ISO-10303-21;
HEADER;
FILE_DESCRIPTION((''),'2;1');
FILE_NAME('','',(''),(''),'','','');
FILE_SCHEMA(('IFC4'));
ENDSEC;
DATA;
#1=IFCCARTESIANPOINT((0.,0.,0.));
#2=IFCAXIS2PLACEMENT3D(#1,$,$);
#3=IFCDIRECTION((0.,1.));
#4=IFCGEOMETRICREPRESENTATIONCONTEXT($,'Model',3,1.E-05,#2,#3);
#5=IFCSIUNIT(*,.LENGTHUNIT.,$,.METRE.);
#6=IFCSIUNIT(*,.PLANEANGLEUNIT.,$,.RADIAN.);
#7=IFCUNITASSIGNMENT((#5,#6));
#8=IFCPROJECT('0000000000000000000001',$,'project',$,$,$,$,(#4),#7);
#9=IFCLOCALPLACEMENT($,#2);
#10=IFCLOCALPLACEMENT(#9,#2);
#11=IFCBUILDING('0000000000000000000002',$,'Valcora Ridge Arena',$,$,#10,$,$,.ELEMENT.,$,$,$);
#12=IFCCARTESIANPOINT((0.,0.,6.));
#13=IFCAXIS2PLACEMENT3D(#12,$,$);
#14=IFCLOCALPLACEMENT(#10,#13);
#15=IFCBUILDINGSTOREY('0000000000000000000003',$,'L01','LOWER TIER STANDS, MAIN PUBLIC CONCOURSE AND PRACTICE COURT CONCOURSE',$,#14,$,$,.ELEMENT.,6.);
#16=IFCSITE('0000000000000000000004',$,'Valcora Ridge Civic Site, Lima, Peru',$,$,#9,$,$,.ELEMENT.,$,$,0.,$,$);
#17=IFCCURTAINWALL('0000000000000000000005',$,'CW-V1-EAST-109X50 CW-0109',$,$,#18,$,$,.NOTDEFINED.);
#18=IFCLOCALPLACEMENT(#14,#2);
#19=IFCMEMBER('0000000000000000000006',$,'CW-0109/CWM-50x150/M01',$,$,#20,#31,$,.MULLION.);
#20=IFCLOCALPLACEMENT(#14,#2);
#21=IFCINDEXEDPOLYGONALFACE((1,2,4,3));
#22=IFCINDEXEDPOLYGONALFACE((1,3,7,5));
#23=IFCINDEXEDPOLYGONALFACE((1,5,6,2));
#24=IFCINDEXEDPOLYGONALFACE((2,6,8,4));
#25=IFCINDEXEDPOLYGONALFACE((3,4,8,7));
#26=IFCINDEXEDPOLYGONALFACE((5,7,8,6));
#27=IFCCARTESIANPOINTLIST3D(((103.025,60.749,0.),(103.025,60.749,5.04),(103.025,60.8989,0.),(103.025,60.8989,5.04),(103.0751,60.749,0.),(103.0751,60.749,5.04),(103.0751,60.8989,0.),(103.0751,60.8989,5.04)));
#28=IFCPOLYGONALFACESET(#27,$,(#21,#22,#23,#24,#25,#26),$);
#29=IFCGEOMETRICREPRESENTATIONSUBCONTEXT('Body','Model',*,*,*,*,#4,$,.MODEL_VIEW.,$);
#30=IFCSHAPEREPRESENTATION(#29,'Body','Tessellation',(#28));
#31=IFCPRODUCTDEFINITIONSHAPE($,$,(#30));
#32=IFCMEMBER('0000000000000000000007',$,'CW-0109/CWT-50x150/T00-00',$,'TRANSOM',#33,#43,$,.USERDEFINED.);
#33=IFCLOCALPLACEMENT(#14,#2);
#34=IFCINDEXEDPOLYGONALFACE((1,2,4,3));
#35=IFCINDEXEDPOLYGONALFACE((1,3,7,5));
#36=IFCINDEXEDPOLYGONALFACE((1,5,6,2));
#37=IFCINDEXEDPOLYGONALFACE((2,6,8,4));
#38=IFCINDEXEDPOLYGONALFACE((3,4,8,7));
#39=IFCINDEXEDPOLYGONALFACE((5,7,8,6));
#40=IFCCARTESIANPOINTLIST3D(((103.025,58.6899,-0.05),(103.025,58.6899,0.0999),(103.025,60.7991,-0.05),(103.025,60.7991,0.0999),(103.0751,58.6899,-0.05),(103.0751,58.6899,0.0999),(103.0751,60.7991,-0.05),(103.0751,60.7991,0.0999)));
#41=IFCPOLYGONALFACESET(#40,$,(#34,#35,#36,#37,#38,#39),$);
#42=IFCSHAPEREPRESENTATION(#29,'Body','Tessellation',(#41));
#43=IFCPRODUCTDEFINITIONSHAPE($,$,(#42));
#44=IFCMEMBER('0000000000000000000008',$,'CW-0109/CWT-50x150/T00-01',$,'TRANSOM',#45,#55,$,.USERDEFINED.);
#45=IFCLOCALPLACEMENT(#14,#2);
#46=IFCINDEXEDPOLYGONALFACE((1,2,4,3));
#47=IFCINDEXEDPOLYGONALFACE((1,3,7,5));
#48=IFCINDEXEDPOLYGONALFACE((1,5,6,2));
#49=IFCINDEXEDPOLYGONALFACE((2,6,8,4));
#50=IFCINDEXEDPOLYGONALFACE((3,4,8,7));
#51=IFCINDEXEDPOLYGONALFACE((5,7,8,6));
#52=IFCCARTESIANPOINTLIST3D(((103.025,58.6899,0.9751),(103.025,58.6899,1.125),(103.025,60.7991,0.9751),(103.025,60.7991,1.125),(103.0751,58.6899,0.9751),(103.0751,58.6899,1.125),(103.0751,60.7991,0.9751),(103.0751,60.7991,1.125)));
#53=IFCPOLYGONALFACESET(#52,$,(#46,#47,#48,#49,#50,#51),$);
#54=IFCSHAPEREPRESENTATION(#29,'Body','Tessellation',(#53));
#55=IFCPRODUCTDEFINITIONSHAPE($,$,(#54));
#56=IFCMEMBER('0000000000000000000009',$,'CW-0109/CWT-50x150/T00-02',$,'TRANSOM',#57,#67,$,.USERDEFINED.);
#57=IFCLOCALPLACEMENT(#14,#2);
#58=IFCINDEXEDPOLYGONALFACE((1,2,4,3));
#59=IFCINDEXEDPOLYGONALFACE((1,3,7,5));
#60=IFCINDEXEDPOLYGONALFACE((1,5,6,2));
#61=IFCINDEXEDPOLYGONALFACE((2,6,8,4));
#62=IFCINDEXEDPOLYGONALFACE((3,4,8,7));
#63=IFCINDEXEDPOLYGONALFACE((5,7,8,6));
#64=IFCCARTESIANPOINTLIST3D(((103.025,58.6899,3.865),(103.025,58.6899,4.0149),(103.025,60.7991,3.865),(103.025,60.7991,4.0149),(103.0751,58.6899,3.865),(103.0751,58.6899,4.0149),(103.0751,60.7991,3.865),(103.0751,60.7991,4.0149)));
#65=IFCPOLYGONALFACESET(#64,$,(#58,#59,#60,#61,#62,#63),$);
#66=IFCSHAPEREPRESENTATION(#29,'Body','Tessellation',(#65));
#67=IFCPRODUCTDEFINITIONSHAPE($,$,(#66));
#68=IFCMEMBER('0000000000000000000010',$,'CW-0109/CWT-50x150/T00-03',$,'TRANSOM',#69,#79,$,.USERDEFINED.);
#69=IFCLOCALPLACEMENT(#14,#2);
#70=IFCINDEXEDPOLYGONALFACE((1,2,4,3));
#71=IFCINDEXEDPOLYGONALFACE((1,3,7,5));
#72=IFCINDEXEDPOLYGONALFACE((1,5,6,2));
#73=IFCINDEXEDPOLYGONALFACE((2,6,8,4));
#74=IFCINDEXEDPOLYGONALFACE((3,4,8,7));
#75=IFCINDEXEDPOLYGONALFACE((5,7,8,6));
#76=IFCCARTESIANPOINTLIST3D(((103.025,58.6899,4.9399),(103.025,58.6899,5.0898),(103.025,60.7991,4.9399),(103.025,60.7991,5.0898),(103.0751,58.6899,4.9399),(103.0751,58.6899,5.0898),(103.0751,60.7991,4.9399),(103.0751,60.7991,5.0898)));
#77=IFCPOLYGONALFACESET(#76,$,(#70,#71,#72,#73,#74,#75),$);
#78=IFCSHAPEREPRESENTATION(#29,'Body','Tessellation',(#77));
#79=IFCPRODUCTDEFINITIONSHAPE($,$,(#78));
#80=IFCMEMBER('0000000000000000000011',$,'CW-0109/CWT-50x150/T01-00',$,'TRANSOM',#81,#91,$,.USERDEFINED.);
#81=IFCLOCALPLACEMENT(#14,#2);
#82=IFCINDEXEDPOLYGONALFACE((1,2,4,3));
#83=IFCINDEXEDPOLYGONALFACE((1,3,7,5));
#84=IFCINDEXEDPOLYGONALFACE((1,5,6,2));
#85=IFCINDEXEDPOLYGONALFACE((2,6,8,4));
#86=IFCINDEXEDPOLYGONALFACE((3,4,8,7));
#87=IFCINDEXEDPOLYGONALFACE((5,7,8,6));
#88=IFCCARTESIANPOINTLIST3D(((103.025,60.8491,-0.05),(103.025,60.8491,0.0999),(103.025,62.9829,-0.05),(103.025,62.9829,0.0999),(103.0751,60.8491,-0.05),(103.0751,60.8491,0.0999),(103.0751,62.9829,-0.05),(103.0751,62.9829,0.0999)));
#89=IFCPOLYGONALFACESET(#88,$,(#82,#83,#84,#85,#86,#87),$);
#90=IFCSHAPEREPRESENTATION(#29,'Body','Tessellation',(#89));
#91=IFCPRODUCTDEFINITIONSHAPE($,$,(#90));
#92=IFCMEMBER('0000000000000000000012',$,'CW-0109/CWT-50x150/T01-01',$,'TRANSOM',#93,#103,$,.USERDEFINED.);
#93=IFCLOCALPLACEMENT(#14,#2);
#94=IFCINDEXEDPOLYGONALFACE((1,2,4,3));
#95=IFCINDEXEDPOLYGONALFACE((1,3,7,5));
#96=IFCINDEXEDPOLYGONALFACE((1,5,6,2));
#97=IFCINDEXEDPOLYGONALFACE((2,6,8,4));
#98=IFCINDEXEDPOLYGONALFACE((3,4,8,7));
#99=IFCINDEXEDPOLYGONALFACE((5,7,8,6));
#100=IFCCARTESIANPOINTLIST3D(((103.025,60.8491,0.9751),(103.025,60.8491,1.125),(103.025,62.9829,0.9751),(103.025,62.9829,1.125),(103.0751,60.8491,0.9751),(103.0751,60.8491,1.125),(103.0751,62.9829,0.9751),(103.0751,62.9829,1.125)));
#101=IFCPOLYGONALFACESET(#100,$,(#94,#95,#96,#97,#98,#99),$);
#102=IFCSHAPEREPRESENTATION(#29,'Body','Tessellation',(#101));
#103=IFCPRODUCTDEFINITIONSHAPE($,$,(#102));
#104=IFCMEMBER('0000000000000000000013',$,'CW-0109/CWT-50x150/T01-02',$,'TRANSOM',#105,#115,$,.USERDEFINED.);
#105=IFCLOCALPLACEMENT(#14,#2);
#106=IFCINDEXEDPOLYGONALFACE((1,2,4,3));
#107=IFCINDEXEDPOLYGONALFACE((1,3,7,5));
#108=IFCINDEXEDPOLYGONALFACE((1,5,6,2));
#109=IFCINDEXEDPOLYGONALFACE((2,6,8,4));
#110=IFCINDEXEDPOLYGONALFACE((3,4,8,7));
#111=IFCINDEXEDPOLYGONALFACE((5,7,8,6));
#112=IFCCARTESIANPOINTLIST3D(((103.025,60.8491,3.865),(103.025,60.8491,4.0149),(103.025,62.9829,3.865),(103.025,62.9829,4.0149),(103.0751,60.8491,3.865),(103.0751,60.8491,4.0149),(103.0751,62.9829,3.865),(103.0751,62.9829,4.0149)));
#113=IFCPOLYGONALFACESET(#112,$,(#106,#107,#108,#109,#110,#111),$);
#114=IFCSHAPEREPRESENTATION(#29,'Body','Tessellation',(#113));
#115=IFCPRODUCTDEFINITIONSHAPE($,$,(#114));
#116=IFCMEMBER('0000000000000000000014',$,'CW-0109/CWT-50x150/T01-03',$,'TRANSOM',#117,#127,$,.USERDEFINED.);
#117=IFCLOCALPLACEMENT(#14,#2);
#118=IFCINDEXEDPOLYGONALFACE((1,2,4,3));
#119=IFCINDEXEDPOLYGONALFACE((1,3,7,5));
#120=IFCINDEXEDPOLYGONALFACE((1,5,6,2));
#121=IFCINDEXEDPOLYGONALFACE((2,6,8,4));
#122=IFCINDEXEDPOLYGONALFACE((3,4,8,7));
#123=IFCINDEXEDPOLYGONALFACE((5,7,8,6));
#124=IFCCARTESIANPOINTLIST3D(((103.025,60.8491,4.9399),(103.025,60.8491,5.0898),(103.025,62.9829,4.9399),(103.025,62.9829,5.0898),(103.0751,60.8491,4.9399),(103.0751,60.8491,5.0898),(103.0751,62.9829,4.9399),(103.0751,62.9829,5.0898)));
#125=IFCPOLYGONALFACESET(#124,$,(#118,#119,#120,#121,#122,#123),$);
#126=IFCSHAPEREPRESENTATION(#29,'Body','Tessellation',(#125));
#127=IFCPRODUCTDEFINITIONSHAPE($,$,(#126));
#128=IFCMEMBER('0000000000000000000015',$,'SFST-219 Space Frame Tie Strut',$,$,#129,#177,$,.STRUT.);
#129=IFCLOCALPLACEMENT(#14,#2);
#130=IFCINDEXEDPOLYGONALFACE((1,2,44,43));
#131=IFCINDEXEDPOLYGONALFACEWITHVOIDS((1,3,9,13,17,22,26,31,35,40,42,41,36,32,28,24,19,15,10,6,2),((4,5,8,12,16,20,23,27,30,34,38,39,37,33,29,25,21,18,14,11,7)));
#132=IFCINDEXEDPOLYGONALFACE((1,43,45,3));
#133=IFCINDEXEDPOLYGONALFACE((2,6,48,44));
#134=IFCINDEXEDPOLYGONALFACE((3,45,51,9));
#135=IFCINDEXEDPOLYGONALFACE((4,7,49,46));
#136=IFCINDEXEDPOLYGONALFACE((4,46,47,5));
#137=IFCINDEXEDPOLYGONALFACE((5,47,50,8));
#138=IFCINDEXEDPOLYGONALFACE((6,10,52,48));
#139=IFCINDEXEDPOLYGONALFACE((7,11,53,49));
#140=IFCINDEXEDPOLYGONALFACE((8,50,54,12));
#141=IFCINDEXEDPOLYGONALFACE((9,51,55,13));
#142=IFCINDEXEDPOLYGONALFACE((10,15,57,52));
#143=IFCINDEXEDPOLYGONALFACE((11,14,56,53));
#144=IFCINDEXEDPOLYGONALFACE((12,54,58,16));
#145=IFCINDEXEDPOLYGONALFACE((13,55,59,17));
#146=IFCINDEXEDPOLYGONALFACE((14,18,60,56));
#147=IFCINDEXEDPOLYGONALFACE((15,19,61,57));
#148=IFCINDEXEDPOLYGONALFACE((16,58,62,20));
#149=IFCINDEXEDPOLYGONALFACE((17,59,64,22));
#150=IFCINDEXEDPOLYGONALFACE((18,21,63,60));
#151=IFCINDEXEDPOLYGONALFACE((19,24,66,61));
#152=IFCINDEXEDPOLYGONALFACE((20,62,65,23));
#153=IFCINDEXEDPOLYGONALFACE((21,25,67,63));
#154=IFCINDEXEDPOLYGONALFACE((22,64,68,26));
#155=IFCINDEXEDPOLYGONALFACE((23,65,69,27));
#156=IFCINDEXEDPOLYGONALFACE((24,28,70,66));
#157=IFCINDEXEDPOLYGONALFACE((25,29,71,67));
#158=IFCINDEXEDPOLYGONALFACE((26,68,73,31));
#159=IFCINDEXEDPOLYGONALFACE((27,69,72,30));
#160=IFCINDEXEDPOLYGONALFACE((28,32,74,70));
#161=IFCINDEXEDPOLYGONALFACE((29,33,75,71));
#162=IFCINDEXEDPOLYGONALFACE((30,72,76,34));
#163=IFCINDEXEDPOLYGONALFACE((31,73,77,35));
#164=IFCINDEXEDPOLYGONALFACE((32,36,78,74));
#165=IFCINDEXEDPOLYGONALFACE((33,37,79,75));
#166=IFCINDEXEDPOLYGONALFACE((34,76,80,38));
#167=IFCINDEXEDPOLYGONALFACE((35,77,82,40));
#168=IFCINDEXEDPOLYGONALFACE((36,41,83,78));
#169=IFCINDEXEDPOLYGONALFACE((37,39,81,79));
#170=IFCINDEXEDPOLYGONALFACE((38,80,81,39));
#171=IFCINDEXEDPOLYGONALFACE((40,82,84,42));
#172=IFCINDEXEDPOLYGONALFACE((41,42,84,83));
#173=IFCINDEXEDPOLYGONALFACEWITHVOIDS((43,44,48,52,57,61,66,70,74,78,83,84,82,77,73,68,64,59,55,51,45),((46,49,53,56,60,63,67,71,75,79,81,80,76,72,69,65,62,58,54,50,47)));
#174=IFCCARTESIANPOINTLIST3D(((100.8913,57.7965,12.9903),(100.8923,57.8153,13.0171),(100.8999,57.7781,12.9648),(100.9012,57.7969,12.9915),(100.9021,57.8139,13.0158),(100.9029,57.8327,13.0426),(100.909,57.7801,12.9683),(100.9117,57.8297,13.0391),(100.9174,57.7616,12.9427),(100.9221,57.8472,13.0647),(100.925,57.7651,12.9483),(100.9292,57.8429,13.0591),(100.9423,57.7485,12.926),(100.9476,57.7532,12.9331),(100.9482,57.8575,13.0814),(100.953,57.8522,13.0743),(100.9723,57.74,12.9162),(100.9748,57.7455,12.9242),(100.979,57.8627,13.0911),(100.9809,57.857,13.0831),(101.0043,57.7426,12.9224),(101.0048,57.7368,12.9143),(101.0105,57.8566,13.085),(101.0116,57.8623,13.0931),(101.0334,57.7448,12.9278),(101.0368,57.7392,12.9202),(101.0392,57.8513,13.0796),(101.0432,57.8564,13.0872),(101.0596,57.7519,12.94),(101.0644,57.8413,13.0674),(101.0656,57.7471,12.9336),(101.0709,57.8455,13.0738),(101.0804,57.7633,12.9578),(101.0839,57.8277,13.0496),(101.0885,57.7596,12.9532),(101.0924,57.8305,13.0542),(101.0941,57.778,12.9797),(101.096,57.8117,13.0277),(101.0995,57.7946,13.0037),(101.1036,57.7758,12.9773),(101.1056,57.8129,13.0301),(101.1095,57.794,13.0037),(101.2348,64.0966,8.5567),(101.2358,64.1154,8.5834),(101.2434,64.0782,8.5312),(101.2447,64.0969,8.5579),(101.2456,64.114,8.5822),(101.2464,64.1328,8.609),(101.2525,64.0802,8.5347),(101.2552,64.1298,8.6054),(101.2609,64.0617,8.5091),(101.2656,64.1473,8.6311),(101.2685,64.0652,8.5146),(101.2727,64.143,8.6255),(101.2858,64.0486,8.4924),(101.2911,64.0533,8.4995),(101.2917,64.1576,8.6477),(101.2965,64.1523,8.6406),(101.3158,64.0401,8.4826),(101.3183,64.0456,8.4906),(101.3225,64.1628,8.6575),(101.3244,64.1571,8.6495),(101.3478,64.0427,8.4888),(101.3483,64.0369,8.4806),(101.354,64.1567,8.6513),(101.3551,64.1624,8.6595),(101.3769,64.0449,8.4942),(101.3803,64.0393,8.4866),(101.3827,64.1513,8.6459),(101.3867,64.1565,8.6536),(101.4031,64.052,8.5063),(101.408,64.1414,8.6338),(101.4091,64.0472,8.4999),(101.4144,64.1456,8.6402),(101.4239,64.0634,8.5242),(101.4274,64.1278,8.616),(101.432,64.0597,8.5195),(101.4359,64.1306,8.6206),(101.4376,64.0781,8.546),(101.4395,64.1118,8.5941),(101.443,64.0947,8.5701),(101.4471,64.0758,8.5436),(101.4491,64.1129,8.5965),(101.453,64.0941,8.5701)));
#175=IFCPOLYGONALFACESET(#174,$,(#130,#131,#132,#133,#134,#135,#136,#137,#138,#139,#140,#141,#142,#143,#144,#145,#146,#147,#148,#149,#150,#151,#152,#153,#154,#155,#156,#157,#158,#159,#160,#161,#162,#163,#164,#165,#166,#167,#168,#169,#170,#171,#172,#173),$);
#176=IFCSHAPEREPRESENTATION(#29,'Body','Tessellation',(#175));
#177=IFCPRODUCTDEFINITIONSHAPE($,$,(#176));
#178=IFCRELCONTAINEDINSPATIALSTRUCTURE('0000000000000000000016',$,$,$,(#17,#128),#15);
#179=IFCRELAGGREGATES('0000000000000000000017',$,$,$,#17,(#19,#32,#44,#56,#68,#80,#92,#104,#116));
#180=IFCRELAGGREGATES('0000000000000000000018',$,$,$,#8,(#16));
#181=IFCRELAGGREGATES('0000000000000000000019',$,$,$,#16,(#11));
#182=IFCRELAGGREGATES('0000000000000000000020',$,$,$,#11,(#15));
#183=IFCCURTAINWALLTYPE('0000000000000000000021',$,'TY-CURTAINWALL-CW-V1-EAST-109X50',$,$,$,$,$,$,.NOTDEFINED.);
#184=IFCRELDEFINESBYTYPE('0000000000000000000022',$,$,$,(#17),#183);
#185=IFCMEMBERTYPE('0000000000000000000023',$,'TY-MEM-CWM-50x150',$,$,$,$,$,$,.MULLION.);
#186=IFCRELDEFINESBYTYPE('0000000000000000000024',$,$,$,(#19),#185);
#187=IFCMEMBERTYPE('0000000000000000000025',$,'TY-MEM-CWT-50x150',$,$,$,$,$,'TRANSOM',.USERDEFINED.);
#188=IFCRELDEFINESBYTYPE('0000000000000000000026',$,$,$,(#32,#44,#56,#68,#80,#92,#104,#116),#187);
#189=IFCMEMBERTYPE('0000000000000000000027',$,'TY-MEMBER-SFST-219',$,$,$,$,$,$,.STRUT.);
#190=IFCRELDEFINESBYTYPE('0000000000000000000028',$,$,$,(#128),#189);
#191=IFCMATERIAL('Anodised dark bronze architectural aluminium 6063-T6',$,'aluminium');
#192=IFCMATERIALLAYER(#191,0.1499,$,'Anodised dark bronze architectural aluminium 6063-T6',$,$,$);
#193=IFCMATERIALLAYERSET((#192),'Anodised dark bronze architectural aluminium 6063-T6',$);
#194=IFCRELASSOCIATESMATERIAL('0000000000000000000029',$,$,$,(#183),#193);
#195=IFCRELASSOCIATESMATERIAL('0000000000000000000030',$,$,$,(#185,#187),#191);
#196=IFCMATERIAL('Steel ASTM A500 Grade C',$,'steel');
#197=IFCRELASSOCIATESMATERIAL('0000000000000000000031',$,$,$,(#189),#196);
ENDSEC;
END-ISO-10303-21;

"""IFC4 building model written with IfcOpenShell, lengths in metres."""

from ifc_helpers import new_model, si_unit, direction, frame, origin, origin_2d, place, context, subcontext, project, spatial, rectangle, hollow_circle, extrude, material, layer, layer_set, material_profile, profile_set, type_object, element, aggregate, save


model = new_model("IFC4")

# Units and contexts
model_context = context("Model", 3, precision=1e-05, world=origin(), true_north=direction((0.0, 1.0)))
body_context = subcontext(model_context, "Body", "Model", "MODEL_VIEW")
ifc_project = project(units=[si_unit("LENGTHUNIT", "METRE"), si_unit("PLANEANGLEUNIT", "RADIAN")], contexts=[model_context])

# Site, building, storey
site_placement = place(None, origin())
site = spatial("IfcSite", under=ifc_project, at=site_placement, Name="Valcora Ridge Civic Site, Lima, Peru", CompositionType="ELEMENT", RefElevation=0.0)
building_placement = place(site_placement, origin())
building = spatial("IfcBuilding", under=site, at=building_placement, Name="Valcora Ridge Arena", CompositionType="ELEMENT")
storey_placement = place(building_placement, frame((0.0, 0.0, 6.0)))
storey = spatial("IfcBuildingStorey", under=building, at=storey_placement, Name="L01", Description="LOWER TIER STANDS, MAIN PUBLIC CONCOURSE AND PRACTICE COURT CONCOURSE", CompositionType="ELEMENT", Elevation=6.0)

# Curtain wall, members
ifc_material_1 = material(Name="Anodised dark bronze architectural aluminium 6063-T6", Category="aluminium")
ifc_layer_1 = layer(ifc_material_1, 0.1499, Name="Anodised dark bronze architectural aluminium 6063-T6")
ifc_layer_set_1 = layer_set([ifc_layer_1], Name="Anodised dark bronze architectural aluminium 6063-T6")
curtain_wall_type = type_object("IfcCurtainWallType", Name="TY-CURTAINWALL-CW-V1-EAST-109X50", PredefinedType="NOTDEFINED", material=ifc_layer_set_1)
curtain_wall_placement = place(storey_placement, origin())
curtain_wall = element("IfcCurtainWall", 1, at=curtain_wall_placement, inside=storey, type_object=curtain_wall_type, Name="CW-V1-EAST-109X50 CW-0109", PredefinedType="NOTDEFINED")
ifc_material_profile_1 = material_profile(ifc_material_1, rectangle(XDim=0.05, YDim=0.1499, at=origin_2d()), Name="ALU MULLION 50x150")
ifc_profile_set_1 = profile_set([ifc_material_profile_1], Name="Anodised dark bronze architectural aluminium 6063-T6")
member_type_1 = type_object("IfcMemberType", Name="TY-MEM-CWM-50x150", PredefinedType="MULLION", material=ifc_profile_set_1)
member_1_placement = place(storey_placement, frame((103.05, 60.824, 0.0), z_axis=(0.0, 0.0, 1.0), x_axis=(-1.0, 0.0, 0.0)))
member_1 = element("IfcMember", 2, at=member_1_placement, type_object=member_type_1, Name="CW-0109/CWM-50x150/M01", PredefinedType="MULLION", context=body_context, shape_type="SweptSolid", body=[
    extrude(rectangle(XDim=0.05, YDim=0.1499, at=origin_2d()), origin(), (0.0, 0.0, 1.0), 5.04),
])
ifc_material_profile_2 = material_profile(ifc_material_1, rectangle(XDim=0.05, YDim=0.1499, at=origin_2d()), Name="ALU TRANSOM 50x150")
ifc_profile_set_2 = profile_set([ifc_material_profile_2], Name="Anodised dark bronze architectural aluminium 6063-T6")
member_type_2 = type_object("IfcMemberType", Name="TY-MEM-CWT-50x150", ElementType="TRANSOM", PredefinedType="USERDEFINED", material=ifc_profile_set_2)
member_2_placement = place(storey_placement, frame((103.05, 58.6899, 0.0249), z_axis=(0.0, 1.0, 0.0), x_axis=(-1.0, 0.0, 0.0)))
member_2 = element("IfcMember", 3, at=member_2_placement, type_object=member_type_2, Name="CW-0109/CWT-50x150/T00-00", ObjectType="TRANSOM", PredefinedType="USERDEFINED", context=body_context, shape_type="SweptSolid", body=[
    extrude(rectangle(XDim=0.05, YDim=0.1499, at=origin_2d()), origin(), (0.0, 0.0, 1.0), 2.1091),
])
member_3_placement = place(storey_placement, frame((103.05, 58.6899, 1.05), z_axis=(0.0, 1.0, 0.0), x_axis=(-1.0, 0.0, 0.0)))
member_3 = element("IfcMember", 4, at=member_3_placement, type_object=member_type_2, Name="CW-0109/CWT-50x150/T00-01", ObjectType="TRANSOM", PredefinedType="USERDEFINED", context=body_context, shape_type="SweptSolid", body=[
    extrude(rectangle(XDim=0.05, YDim=0.1499, at=origin_2d()), origin(), (0.0, 0.0, 1.0), 2.1091),
])
member_4_placement = place(storey_placement, frame((103.05, 58.6899, 3.9399), z_axis=(0.0, 1.0, 0.0), x_axis=(-1.0, 0.0, 0.0)))
member_4 = element("IfcMember", 5, at=member_4_placement, type_object=member_type_2, Name="CW-0109/CWT-50x150/T00-02", ObjectType="TRANSOM", PredefinedType="USERDEFINED", context=body_context, shape_type="SweptSolid", body=[
    extrude(rectangle(XDim=0.05, YDim=0.1499, at=origin_2d()), origin(), (0.0, 0.0, 1.0), 2.1091),
])
member_5_placement = place(storey_placement, frame((103.05, 58.6899, 5.0149), z_axis=(0.0, 1.0, 0.0), x_axis=(-1.0, 0.0, 0.0)))
member_5 = element("IfcMember", 6, at=member_5_placement, type_object=member_type_2, Name="CW-0109/CWT-50x150/T00-03", ObjectType="TRANSOM", PredefinedType="USERDEFINED", context=body_context, shape_type="SweptSolid", body=[
    extrude(rectangle(XDim=0.05, YDim=0.1499, at=origin_2d()), origin(), (0.0, 0.0, 1.0), 2.1091),
])
member_6_placement = place(storey_placement, frame((103.05, 60.8491, 0.0249), z_axis=(0.0, 1.0, 0.0), x_axis=(-1.0, 0.0, 0.0)))
member_6 = element("IfcMember", 7, at=member_6_placement, type_object=member_type_2, Name="CW-0109/CWT-50x150/T01-00", ObjectType="TRANSOM", PredefinedType="USERDEFINED", context=body_context, shape_type="SweptSolid", body=[
    extrude(rectangle(XDim=0.05, YDim=0.1499, at=origin_2d()), origin(), (0.0, 0.0, 1.0), 2.1338),
])
member_7_placement = place(storey_placement, frame((103.05, 60.8491, 1.05), z_axis=(0.0, 1.0, 0.0), x_axis=(-1.0, 0.0, 0.0)))
member_7 = element("IfcMember", 8, at=member_7_placement, type_object=member_type_2, Name="CW-0109/CWT-50x150/T01-01", ObjectType="TRANSOM", PredefinedType="USERDEFINED", context=body_context, shape_type="SweptSolid", body=[
    extrude(rectangle(XDim=0.05, YDim=0.1499, at=origin_2d()), origin(), (0.0, 0.0, 1.0), 2.1338),
])
member_8_placement = place(storey_placement, frame((103.05, 60.8491, 3.9399), z_axis=(0.0, 1.0, 0.0), x_axis=(-1.0, 0.0, 0.0)))
member_8 = element("IfcMember", 9, at=member_8_placement, type_object=member_type_2, Name="CW-0109/CWT-50x150/T01-02", ObjectType="TRANSOM", PredefinedType="USERDEFINED", context=body_context, shape_type="SweptSolid", body=[
    extrude(rectangle(XDim=0.05, YDim=0.1499, at=origin_2d()), origin(), (0.0, 0.0, 1.0), 2.1338),
])
member_9_placement = place(storey_placement, frame((103.05, 60.8491, 5.0149), z_axis=(0.0, 1.0, 0.0), x_axis=(-1.0, 0.0, 0.0)))
member_9 = element("IfcMember", 10, at=member_9_placement, type_object=member_type_2, Name="CW-0109/CWT-50x150/T01-03", ObjectType="TRANSOM", PredefinedType="USERDEFINED", context=body_context, shape_type="SweptSolid", body=[
    extrude(rectangle(XDim=0.05, YDim=0.1499, at=origin_2d()), origin(), (0.0, 0.0, 1.0), 2.1338),
])

# Member
ifc_material_2 = material(Name="Steel ASTM A500 Grade C", Category="steel")
ifc_material_profile_3 = material_profile(ifc_material_2, hollow_circle(Radius=0.1096, WallThickness=0.01, at=origin_2d()), Name="CHS219X10")
ifc_profile_set_3 = profile_set([ifc_material_profile_3], Name="Steel ASTM A500 Grade C")
member_type_3 = type_object("IfcMemberType", Name="TY-MEMBER-SFST-219", PredefinedType="STRUT", material=ifc_profile_set_3)
member_10_placement = place(storey_placement, frame((101.3435, 64.1001, 8.5701), z_axis=(-0.044545, -0.816981, 0.574942), x_axis=(0.998517, -0.054443, 0.0)))
element("IfcMember", 11, at=member_10_placement, inside=storey, type_object=member_type_3, Name="SFST-219 Space Frame Tie Strut", PredefinedType="STRUT", context=body_context, shape_type="SweptSolid", body=[
    extrude(hollow_circle(Radius=0.1096, WallThickness=0.01, at=origin_2d()), origin(), (0.0, 0.0, 1.0), 7.7114),
])

aggregate(curtain_wall, [member_1, member_2, member_3, member_4, member_5, member_6, member_7, member_8, member_9])

save(model, "model.ifc")
